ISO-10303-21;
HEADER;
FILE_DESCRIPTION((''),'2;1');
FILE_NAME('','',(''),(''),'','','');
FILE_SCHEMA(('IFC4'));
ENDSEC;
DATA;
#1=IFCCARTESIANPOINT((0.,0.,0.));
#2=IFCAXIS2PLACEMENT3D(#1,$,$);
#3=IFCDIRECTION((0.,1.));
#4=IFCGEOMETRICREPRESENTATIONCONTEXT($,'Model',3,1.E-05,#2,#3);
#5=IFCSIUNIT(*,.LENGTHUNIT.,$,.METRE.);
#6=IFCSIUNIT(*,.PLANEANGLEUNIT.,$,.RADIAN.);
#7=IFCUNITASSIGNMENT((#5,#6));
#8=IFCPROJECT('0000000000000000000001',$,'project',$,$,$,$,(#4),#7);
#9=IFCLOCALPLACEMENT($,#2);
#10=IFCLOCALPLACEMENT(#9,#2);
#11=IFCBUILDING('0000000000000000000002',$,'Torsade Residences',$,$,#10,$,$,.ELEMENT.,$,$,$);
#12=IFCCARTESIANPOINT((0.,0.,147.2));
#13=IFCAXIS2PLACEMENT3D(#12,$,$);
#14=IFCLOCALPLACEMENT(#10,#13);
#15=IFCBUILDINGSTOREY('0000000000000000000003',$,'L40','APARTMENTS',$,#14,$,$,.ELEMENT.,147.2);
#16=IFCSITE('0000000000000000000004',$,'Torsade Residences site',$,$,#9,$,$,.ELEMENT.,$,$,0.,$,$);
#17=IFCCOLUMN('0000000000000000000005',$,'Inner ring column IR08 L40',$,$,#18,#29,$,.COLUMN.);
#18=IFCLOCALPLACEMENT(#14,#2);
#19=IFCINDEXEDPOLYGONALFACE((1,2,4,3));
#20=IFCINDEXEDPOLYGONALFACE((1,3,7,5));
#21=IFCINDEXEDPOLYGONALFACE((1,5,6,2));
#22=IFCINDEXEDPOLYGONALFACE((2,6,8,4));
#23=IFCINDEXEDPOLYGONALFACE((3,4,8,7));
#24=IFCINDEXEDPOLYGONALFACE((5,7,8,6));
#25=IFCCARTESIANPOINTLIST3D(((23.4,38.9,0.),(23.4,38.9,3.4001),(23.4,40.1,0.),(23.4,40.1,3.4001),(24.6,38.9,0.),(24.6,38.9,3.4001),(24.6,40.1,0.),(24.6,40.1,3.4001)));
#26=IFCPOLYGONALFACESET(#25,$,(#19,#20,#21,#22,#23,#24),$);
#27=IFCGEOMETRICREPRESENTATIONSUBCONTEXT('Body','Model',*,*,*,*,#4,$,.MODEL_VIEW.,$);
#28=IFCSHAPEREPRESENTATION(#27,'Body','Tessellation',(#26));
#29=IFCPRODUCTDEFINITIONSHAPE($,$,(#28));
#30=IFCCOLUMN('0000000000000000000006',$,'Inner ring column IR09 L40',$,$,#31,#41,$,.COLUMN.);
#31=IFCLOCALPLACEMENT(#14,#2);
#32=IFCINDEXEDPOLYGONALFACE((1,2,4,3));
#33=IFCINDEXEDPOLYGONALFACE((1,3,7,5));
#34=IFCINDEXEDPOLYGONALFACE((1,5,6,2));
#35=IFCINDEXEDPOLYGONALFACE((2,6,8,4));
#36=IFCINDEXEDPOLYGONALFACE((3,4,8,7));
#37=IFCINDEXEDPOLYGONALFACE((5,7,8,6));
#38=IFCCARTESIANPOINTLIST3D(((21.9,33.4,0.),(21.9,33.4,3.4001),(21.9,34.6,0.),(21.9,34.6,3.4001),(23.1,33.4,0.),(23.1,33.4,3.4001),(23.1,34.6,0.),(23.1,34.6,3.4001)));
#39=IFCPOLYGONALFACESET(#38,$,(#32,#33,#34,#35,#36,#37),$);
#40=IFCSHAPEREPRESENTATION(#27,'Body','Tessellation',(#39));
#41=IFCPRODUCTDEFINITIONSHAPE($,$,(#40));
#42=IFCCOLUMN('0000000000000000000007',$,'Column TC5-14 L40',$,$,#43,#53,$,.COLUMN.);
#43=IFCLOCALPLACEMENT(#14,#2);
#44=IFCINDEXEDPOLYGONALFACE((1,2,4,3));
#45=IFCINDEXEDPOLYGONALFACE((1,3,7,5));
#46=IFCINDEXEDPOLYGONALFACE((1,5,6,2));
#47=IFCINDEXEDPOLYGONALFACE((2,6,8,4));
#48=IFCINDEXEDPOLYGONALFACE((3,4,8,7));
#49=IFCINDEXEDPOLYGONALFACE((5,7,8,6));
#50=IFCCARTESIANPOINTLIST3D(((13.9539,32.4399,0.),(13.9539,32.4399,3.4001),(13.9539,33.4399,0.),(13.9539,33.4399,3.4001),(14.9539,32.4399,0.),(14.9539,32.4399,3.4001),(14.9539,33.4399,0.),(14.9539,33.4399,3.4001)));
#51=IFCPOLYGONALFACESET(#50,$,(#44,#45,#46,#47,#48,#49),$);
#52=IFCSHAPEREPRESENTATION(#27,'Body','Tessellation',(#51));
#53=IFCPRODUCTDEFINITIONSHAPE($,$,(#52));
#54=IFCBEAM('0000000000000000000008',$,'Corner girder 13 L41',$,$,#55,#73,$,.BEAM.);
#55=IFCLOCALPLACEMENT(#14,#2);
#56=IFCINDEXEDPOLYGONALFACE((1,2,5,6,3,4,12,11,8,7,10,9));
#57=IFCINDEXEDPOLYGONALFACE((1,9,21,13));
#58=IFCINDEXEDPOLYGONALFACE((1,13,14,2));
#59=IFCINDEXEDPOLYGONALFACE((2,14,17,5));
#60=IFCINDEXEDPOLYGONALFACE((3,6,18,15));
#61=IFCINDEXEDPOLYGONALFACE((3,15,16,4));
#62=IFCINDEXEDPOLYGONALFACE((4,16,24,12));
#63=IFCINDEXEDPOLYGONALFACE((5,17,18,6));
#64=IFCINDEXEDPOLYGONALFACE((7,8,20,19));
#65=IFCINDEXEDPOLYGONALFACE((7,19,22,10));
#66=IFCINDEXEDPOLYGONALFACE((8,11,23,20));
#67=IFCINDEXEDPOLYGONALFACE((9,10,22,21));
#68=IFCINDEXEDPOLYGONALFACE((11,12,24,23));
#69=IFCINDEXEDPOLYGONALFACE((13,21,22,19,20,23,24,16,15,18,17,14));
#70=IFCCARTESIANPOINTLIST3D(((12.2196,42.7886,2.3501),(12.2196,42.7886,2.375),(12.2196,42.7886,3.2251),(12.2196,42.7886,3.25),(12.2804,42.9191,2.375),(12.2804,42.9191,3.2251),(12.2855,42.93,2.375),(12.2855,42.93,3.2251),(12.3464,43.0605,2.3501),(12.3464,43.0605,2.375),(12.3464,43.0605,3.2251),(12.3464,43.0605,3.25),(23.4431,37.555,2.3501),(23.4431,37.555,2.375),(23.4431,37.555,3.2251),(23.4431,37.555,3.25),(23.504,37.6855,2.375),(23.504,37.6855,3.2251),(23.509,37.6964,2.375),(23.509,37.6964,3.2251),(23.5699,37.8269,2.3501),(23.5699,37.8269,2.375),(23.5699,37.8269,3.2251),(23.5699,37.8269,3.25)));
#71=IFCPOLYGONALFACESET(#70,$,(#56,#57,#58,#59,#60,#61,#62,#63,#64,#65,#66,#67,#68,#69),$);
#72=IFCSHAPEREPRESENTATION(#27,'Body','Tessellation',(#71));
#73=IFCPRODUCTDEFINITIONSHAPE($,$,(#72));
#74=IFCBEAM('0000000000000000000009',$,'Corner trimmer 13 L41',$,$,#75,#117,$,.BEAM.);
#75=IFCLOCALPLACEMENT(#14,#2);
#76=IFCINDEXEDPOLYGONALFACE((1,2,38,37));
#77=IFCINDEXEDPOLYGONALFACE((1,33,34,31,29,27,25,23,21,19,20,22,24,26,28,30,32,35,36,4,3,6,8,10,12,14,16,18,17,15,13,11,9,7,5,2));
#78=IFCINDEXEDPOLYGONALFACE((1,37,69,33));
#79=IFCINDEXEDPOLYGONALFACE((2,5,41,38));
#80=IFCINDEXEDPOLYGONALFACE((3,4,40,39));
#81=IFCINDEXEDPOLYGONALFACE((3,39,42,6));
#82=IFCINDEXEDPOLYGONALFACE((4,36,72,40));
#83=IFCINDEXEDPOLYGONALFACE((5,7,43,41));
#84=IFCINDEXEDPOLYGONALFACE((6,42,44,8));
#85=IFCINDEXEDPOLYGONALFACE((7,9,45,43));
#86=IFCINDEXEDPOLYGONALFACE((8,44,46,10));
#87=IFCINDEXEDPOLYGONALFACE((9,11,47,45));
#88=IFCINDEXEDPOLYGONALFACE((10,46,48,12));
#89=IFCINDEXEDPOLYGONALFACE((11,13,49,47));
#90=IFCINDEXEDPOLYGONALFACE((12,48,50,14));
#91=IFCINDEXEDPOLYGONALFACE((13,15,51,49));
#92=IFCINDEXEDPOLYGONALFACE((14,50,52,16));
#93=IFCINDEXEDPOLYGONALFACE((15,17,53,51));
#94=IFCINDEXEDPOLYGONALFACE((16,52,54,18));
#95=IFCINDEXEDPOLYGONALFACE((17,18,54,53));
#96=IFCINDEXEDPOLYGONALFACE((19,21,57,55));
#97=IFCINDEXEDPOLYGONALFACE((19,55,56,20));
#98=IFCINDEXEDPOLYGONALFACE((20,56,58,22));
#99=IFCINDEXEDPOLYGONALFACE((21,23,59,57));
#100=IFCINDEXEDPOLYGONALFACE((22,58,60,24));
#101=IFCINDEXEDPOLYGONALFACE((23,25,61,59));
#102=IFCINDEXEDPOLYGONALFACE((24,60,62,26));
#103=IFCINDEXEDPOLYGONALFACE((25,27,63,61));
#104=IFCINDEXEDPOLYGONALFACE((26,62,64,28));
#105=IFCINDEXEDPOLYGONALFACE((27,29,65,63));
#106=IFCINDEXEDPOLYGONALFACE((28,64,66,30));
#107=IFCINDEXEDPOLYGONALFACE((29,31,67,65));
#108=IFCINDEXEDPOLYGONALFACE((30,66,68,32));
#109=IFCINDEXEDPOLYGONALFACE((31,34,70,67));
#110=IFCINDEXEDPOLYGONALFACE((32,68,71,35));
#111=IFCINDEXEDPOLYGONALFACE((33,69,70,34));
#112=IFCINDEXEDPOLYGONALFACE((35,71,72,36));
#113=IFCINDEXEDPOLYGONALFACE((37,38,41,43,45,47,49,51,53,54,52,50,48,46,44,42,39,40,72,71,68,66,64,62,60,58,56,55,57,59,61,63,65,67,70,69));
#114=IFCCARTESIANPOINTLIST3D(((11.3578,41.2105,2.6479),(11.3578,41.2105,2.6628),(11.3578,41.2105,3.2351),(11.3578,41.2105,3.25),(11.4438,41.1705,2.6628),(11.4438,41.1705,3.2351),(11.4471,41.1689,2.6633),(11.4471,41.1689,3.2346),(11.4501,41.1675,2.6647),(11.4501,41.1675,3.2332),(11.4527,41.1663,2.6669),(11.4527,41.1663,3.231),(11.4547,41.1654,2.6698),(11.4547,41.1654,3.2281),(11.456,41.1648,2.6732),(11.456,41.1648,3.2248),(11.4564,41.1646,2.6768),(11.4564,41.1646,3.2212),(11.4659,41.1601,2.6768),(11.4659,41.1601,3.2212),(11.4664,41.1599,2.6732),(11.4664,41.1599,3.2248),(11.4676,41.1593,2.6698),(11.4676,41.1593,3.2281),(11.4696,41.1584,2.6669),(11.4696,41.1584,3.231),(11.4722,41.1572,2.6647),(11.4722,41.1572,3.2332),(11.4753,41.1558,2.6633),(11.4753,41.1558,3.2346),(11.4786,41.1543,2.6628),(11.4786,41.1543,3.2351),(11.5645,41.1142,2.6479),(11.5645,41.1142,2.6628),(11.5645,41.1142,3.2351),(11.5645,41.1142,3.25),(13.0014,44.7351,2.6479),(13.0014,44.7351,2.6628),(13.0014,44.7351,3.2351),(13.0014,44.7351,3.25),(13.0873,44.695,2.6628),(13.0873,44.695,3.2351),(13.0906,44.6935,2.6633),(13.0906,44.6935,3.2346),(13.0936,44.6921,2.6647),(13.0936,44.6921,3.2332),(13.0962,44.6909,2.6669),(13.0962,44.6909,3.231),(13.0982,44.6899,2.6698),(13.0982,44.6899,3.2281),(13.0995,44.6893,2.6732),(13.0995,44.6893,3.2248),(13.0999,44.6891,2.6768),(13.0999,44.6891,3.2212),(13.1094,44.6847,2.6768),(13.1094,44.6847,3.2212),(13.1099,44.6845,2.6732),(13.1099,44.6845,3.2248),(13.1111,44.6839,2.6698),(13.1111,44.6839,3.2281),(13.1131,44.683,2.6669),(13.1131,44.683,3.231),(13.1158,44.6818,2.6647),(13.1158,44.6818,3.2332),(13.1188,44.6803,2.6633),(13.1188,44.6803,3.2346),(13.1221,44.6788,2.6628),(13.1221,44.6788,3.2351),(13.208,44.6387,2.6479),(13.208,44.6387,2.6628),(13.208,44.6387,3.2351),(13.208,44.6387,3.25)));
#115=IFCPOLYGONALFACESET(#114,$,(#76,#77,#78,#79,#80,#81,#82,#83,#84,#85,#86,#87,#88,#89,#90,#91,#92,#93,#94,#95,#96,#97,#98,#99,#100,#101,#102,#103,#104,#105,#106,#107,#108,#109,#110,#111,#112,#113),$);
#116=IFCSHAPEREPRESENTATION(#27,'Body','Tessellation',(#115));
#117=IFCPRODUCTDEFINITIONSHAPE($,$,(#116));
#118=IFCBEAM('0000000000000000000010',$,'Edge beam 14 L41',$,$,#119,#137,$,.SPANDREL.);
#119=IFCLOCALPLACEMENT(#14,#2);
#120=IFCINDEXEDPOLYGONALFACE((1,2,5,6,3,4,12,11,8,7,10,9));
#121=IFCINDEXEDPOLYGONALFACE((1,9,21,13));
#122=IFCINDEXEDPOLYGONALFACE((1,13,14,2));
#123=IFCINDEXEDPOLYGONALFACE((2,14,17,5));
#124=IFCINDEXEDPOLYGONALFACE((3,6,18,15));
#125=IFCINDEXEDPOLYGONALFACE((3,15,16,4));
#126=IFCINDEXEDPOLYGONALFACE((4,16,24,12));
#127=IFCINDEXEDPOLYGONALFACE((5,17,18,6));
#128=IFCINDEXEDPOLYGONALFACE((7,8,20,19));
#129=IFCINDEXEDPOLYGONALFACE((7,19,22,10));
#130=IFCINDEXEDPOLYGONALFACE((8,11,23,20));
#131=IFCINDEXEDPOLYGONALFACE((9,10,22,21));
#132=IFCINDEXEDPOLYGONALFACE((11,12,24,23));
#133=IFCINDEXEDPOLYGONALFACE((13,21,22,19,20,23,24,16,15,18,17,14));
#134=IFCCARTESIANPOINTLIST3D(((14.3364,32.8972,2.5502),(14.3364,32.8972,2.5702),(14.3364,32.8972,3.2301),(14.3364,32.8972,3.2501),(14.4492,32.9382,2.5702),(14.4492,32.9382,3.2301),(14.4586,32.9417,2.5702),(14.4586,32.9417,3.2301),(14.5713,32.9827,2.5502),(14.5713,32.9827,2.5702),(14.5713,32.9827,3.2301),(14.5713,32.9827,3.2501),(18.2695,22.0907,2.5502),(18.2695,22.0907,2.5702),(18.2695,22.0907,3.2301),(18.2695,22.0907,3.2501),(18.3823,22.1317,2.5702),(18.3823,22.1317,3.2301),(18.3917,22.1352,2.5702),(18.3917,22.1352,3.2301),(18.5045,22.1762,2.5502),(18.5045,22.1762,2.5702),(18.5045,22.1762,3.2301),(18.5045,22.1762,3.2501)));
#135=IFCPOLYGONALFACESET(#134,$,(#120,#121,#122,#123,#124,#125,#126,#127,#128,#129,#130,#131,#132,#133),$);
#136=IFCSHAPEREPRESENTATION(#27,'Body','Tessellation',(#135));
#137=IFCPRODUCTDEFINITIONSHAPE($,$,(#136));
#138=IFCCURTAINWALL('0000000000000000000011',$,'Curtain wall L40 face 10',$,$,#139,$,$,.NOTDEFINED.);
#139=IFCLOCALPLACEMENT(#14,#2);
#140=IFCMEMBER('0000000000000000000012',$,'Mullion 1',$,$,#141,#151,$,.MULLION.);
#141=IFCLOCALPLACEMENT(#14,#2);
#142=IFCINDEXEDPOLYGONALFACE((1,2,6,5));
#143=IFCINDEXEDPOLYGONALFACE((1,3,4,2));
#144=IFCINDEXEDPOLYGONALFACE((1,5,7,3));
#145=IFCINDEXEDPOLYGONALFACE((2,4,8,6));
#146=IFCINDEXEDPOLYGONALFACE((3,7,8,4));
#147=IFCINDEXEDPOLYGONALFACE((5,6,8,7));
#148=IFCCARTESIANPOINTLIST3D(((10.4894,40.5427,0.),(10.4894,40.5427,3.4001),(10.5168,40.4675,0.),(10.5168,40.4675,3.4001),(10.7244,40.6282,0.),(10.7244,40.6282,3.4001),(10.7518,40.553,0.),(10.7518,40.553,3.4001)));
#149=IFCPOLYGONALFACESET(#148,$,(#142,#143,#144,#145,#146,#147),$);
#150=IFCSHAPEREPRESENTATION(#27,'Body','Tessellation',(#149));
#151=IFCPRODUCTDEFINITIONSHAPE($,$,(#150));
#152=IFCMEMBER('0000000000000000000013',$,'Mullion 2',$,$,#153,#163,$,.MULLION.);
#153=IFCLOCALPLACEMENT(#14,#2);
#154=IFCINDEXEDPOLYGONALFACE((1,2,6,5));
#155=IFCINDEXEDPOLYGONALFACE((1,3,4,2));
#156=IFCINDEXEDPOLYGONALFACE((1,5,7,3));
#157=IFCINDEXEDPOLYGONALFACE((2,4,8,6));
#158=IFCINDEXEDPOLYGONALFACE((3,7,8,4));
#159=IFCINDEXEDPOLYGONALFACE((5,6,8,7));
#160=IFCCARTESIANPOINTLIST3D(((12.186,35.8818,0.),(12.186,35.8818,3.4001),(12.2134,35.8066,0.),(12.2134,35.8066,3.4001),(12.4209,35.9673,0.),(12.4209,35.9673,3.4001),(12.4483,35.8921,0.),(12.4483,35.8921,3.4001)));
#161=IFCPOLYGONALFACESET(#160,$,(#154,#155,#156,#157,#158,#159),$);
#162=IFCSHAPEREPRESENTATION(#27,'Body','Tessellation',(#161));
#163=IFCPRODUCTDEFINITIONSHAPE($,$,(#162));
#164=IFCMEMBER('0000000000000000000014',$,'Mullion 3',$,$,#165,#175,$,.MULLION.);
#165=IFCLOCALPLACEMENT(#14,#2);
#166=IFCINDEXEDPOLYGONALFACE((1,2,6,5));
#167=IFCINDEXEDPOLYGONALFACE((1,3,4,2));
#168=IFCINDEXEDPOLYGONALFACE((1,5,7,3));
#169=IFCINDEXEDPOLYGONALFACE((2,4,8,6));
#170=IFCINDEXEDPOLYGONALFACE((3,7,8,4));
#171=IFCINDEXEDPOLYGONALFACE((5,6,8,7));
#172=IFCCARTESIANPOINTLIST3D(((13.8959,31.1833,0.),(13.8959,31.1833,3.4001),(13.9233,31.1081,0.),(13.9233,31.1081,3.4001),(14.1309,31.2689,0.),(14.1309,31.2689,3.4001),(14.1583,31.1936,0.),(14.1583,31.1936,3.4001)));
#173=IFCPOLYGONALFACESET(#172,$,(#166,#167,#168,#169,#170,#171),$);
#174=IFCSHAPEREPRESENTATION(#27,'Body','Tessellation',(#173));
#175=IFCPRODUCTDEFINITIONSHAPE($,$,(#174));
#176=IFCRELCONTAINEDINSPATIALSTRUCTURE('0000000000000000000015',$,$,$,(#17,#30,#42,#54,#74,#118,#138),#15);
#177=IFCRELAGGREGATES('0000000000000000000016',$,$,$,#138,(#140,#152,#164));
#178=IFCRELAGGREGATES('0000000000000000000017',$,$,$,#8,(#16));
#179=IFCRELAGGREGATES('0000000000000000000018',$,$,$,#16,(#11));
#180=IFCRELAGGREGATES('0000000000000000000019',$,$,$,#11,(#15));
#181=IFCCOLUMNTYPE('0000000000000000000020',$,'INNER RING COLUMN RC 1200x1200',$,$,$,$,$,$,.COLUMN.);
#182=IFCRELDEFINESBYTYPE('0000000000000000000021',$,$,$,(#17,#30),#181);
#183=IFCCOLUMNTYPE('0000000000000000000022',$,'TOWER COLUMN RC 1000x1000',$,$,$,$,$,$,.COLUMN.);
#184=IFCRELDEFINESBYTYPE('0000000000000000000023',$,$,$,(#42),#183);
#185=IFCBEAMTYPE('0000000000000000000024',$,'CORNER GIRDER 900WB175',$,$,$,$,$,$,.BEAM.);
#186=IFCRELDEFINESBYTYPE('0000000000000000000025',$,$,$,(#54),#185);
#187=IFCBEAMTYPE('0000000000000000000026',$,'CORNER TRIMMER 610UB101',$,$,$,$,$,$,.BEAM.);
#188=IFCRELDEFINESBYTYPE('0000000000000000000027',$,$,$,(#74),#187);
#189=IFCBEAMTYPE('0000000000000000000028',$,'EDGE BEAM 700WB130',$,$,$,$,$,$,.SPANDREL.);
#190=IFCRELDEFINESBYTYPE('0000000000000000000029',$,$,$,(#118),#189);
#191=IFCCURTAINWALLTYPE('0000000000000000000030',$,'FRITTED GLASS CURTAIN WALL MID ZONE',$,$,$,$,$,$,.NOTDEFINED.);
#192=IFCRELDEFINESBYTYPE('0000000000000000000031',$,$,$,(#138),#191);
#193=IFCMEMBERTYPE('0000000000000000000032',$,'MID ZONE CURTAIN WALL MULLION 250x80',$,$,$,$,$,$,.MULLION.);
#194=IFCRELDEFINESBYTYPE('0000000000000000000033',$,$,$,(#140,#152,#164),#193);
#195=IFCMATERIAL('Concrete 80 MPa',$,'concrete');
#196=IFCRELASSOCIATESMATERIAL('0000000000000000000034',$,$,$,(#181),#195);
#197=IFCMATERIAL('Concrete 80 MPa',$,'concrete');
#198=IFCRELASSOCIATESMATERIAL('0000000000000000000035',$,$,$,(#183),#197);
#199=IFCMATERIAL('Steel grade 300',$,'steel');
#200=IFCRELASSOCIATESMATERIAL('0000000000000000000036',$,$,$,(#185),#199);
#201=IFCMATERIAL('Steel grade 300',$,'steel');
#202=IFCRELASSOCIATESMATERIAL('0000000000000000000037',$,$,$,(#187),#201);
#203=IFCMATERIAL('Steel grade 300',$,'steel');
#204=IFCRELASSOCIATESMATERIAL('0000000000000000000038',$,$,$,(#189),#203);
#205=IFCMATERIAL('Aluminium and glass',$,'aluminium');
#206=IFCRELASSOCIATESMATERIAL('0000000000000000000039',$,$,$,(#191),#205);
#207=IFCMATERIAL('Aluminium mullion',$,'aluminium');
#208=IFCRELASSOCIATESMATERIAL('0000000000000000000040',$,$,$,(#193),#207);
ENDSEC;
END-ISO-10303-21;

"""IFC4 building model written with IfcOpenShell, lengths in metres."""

from ifc_helpers import new_model, si_unit, direction, frame, origin, origin_2d, place, context, subcontext, project, spatial, rectangle, i_section, extrude, material, material_profile, profile_set, type_object, element, aggregate, save


model = new_model("IFC4")

# Units and contexts
model_context = context("Model", 3, precision=1e-05, world=origin(), true_north=direction((0.0, 1.0)))
body_context = subcontext(model_context, "Body", "Model", "MODEL_VIEW")
ifc_project = project(units=[si_unit("LENGTHUNIT", "METRE"), si_unit("PLANEANGLEUNIT", "RADIAN")], contexts=[model_context])

# Site, building, storey
site_placement = place(None, origin())
site = spatial("IfcSite", under=ifc_project, at=site_placement, Name="Torsade Residences site", CompositionType="ELEMENT", RefElevation=0.0)
building_placement = place(site_placement, origin())
building = spatial("IfcBuilding", under=site, at=building_placement, Name="Torsade Residences", CompositionType="ELEMENT")
storey_placement = place(building_placement, frame((0.0, 0.0, 147.2)))
storey = spatial("IfcBuildingStorey", under=building, at=storey_placement, Name="L40", Description="APARTMENTS", CompositionType="ELEMENT", Elevation=147.2)

# Columns
ifc_material_1 = material(Name="Concrete 80 MPa", Category="concrete")
ifc_material_profile_1 = material_profile(ifc_material_1, rectangle(XDim=1.2, YDim=1.2, at=origin_2d()), Name="RC 1200x1200")
ifc_profile_set_1 = profile_set([ifc_material_profile_1], Name="Concrete 80 MPa")
column_type_1 = type_object("IfcColumnType", Name="INNER RING COLUMN RC 1200x1200", PredefinedType="COLUMN", material=ifc_profile_set_1)
for number, where, z_axis, x_axis, name in (
    (1, (24.0, 39.5, 0.0), (0.0, 0.0, 1.0), (1.0, 0.0, 0.0), "Inner ring column IR08 L40"),
    (2, (22.5, 34.0, 0.0), (0.0, 0.0, 1.0), (1.0, 0.0, 0.0), "Inner ring column IR09 L40"),
):
    element("IfcColumn", number, at=place(storey_placement, frame(where, z_axis=z_axis, x_axis=x_axis)), inside=storey, type_object=column_type_1, Name=name, PredefinedType="COLUMN", context=body_context, shape_type="SweptSolid", body=[
        extrude(rectangle(XDim=1.2, YDim=1.2, at=origin_2d()), origin(), (0.0, 0.0, 1.0), 3.4001),
    ])
ifc_material_2 = material(Name="Concrete 80 MPa", Category="concrete")
ifc_material_profile_2 = material_profile(ifc_material_2, rectangle(XDim=1.0, YDim=1.0, at=origin_2d()), Name="RC 1000x1000")
ifc_profile_set_2 = profile_set([ifc_material_profile_2], Name="Concrete 80 MPa")
column_type_2 = type_object("IfcColumnType", Name="TOWER COLUMN RC 1000x1000", PredefinedType="COLUMN", material=ifc_profile_set_2)
column_placement = place(storey_placement, frame((14.4539, 32.9399, 0.0), z_axis=(0.0, 0.0, 1.0), x_axis=(1.0, 0.0, 0.0)))
element("IfcColumn", 3, at=column_placement, inside=storey, type_object=column_type_2, Name="Column TC5-14 L40", PredefinedType="COLUMN", context=body_context, shape_type="SweptSolid", body=[
    extrude(rectangle(XDim=1.0, YDim=1.0, at=origin_2d()), origin(), (0.0, 0.0, 1.0), 3.4001),
])

# Beams
ifc_material_3 = material(Name="Steel grade 300", Category="steel")
ifc_material_profile_3 = material_profile(ifc_material_3, i_section(OverallWidth=0.3, OverallDepth=0.8999, WebThickness=0.012, FlangeThickness=0.0249, at=origin_2d()), Name="900WB175")
ifc_profile_set_3 = profile_set([ifc_material_profile_3], Name="Steel grade 300")
beam_type_1 = type_object("IfcBeamType", Name="CORNER GIRDER 900WB175", PredefinedType="BEAM", material=ifc_profile_set_3)
beam_1_placement = place(storey_placement, frame((12.283, 42.9246, 2.8), z_axis=(0.906309, -0.422617, 0.0), x_axis=(0.422617, 0.906309, 0.0)))
element("IfcBeam", 4, at=beam_1_placement, inside=storey, type_object=beam_type_1, Name="Corner girder 13 L41", PredefinedType="BEAM", context=body_context, shape_type="SweptSolid", body=[
    extrude(i_section(OverallWidth=0.3, OverallDepth=0.8999, WebThickness=0.012, FlangeThickness=0.0249, at=origin_2d()), origin(), (0.0, 0.0, 1.0), 12.3838),
])
ifc_material_4 = material(Name="Steel grade 300", Category="steel")
ifc_material_profile_4 = material_profile(ifc_material_4, i_section(OverallWidth=0.228, OverallDepth=0.6021, WebThickness=0.0105, FlangeThickness=0.0149, FilletRadius=0.0139, at=origin_2d()), Name="610UB101")
ifc_profile_set_4 = profile_set([ifc_material_profile_4], Name="Steel grade 300")
beam_type_2 = type_object("IfcBeamType", Name="CORNER TRIMMER 610UB101", PredefinedType="BEAM", material=ifc_profile_set_4)
beam_2_placement = place(storey_placement, frame((11.4612, 41.1624, 2.949), z_axis=(0.422614, 0.90631, 0.0), x_axis=(-0.90631, 0.422614, 0.0)))
element("IfcBeam", 5, at=beam_2_placement, inside=storey, type_object=beam_type_2, Name="Corner trimmer 13 L41", PredefinedType="BEAM", context=body_context, shape_type="SweptSolid", body=[
    extrude(i_section(OverallWidth=0.228, OverallDepth=0.6021, WebThickness=0.0105, FlangeThickness=0.0149, FilletRadius=0.0139, at=origin_2d()), origin(), (0.0, 0.0, 1.0), 3.8889),
])
ifc_material_5 = material(Name="Steel grade 300", Category="steel")
ifc_material_profile_5 = material_profile(ifc_material_5, i_section(OverallWidth=0.25, OverallDepth=0.7, WebThickness=0.01, FlangeThickness=0.02, at=origin_2d()), Name="700WB130")
ifc_profile_set_5 = profile_set([ifc_material_profile_5], Name="Steel grade 300")
beam_type_3 = type_object("IfcBeamType", Name="EDGE BEAM 700WB130", PredefinedType="SPANDREL", material=ifc_profile_set_5)
beam_3_placement = place(storey_placement, frame((14.4539, 32.9399, 2.9001), z_axis=(0.342012, -0.939695, 0.0), x_axis=(0.939695, 0.342012, 0.0)))
element("IfcBeam", 6, at=beam_3_placement, inside=storey, type_object=beam_type_3, Name="Edge beam 14 L41", PredefinedType="SPANDREL", context=body_context, shape_type="SweptSolid", body=[
    extrude(i_section(OverallWidth=0.25, OverallDepth=0.7, WebThickness=0.01, FlangeThickness=0.02, at=origin_2d()), origin(), (0.0, 0.0, 1.0), 11.5),
])

# Curtain wall, members
ifc_material_6 = material(Name="Aluminium and glass", Category="aluminium")
curtain_wall_type = type_object("IfcCurtainWallType", Name="FRITTED GLASS CURTAIN WALL MID ZONE", PredefinedType="NOTDEFINED", material=ifc_material_6)
curtain_wall_placement = place(storey_placement, origin())
curtain_wall = element("IfcCurtainWall", 7, at=curtain_wall_placement, inside=storey, type_object=curtain_wall_type, Name="Curtain wall L40 face 10", PredefinedType="NOTDEFINED")
ifc_material_7 = material(Name="Aluminium mullion", Category="aluminium")
ifc_material_profile_6 = material_profile(ifc_material_7, rectangle(XDim=0.25, YDim=0.0801, at=origin_2d()), Name="MID ZONE CURTAIN WALL MULLION 250x80")
ifc_profile_set_6 = profile_set([ifc_material_profile_6], Name="Aluminium mullion")
member_type_1 = type_object("IfcMemberType", Name="MID ZONE CURTAIN WALL MULLION 250x80", PredefinedType="MULLION", material=ifc_profile_set_6)
member_1_placement = place(storey_placement, frame((10.6206, 40.5479, 0.0), z_axis=(0.0, 0.0, 1.0), x_axis=(0.939693, 0.34202, 0.0)))
member_1 = element("IfcMember", 8, at=member_1_placement, type_object=member_type_1, Name="Mullion 1", PredefinedType="MULLION", context=body_context, shape_type="SweptSolid", body=[
    extrude(rectangle(XDim=0.25, YDim=0.0801, at=origin_2d()), origin(), (0.0, 0.0, 1.0), 3.4001),
])
member_2_placement = place(storey_placement, frame((12.3171, 35.887, 0.0), z_axis=(0.0, 0.0, 1.0), x_axis=(0.939693, 0.34202, 0.0)))
member_2 = element("IfcMember", 9, at=member_2_placement, type_object=member_type_1, Name="Mullion 2", PredefinedType="MULLION", context=body_context, shape_type="SweptSolid", body=[
    extrude(rectangle(XDim=0.25, YDim=0.0801, at=origin_2d()), origin(), (0.0, 0.0, 1.0), 3.4001),
])
member_3_placement = place(storey_placement, frame((14.0271, 31.1885, 0.0), z_axis=(0.0, 0.0, 1.0), x_axis=(0.939693, 0.34202, 0.0)))
member_3 = element("IfcMember", 10, at=member_3_placement, type_object=member_type_1, Name="Mullion 3", PredefinedType="MULLION", context=body_context, shape_type="SweptSolid", body=[
    extrude(rectangle(XDim=0.25, YDim=0.0801, at=origin_2d()), origin(), (0.0, 0.0, 1.0), 3.4001),
])

aggregate(curtain_wall, [member_1, member_2, member_3])

save(model, "model.ifc")
